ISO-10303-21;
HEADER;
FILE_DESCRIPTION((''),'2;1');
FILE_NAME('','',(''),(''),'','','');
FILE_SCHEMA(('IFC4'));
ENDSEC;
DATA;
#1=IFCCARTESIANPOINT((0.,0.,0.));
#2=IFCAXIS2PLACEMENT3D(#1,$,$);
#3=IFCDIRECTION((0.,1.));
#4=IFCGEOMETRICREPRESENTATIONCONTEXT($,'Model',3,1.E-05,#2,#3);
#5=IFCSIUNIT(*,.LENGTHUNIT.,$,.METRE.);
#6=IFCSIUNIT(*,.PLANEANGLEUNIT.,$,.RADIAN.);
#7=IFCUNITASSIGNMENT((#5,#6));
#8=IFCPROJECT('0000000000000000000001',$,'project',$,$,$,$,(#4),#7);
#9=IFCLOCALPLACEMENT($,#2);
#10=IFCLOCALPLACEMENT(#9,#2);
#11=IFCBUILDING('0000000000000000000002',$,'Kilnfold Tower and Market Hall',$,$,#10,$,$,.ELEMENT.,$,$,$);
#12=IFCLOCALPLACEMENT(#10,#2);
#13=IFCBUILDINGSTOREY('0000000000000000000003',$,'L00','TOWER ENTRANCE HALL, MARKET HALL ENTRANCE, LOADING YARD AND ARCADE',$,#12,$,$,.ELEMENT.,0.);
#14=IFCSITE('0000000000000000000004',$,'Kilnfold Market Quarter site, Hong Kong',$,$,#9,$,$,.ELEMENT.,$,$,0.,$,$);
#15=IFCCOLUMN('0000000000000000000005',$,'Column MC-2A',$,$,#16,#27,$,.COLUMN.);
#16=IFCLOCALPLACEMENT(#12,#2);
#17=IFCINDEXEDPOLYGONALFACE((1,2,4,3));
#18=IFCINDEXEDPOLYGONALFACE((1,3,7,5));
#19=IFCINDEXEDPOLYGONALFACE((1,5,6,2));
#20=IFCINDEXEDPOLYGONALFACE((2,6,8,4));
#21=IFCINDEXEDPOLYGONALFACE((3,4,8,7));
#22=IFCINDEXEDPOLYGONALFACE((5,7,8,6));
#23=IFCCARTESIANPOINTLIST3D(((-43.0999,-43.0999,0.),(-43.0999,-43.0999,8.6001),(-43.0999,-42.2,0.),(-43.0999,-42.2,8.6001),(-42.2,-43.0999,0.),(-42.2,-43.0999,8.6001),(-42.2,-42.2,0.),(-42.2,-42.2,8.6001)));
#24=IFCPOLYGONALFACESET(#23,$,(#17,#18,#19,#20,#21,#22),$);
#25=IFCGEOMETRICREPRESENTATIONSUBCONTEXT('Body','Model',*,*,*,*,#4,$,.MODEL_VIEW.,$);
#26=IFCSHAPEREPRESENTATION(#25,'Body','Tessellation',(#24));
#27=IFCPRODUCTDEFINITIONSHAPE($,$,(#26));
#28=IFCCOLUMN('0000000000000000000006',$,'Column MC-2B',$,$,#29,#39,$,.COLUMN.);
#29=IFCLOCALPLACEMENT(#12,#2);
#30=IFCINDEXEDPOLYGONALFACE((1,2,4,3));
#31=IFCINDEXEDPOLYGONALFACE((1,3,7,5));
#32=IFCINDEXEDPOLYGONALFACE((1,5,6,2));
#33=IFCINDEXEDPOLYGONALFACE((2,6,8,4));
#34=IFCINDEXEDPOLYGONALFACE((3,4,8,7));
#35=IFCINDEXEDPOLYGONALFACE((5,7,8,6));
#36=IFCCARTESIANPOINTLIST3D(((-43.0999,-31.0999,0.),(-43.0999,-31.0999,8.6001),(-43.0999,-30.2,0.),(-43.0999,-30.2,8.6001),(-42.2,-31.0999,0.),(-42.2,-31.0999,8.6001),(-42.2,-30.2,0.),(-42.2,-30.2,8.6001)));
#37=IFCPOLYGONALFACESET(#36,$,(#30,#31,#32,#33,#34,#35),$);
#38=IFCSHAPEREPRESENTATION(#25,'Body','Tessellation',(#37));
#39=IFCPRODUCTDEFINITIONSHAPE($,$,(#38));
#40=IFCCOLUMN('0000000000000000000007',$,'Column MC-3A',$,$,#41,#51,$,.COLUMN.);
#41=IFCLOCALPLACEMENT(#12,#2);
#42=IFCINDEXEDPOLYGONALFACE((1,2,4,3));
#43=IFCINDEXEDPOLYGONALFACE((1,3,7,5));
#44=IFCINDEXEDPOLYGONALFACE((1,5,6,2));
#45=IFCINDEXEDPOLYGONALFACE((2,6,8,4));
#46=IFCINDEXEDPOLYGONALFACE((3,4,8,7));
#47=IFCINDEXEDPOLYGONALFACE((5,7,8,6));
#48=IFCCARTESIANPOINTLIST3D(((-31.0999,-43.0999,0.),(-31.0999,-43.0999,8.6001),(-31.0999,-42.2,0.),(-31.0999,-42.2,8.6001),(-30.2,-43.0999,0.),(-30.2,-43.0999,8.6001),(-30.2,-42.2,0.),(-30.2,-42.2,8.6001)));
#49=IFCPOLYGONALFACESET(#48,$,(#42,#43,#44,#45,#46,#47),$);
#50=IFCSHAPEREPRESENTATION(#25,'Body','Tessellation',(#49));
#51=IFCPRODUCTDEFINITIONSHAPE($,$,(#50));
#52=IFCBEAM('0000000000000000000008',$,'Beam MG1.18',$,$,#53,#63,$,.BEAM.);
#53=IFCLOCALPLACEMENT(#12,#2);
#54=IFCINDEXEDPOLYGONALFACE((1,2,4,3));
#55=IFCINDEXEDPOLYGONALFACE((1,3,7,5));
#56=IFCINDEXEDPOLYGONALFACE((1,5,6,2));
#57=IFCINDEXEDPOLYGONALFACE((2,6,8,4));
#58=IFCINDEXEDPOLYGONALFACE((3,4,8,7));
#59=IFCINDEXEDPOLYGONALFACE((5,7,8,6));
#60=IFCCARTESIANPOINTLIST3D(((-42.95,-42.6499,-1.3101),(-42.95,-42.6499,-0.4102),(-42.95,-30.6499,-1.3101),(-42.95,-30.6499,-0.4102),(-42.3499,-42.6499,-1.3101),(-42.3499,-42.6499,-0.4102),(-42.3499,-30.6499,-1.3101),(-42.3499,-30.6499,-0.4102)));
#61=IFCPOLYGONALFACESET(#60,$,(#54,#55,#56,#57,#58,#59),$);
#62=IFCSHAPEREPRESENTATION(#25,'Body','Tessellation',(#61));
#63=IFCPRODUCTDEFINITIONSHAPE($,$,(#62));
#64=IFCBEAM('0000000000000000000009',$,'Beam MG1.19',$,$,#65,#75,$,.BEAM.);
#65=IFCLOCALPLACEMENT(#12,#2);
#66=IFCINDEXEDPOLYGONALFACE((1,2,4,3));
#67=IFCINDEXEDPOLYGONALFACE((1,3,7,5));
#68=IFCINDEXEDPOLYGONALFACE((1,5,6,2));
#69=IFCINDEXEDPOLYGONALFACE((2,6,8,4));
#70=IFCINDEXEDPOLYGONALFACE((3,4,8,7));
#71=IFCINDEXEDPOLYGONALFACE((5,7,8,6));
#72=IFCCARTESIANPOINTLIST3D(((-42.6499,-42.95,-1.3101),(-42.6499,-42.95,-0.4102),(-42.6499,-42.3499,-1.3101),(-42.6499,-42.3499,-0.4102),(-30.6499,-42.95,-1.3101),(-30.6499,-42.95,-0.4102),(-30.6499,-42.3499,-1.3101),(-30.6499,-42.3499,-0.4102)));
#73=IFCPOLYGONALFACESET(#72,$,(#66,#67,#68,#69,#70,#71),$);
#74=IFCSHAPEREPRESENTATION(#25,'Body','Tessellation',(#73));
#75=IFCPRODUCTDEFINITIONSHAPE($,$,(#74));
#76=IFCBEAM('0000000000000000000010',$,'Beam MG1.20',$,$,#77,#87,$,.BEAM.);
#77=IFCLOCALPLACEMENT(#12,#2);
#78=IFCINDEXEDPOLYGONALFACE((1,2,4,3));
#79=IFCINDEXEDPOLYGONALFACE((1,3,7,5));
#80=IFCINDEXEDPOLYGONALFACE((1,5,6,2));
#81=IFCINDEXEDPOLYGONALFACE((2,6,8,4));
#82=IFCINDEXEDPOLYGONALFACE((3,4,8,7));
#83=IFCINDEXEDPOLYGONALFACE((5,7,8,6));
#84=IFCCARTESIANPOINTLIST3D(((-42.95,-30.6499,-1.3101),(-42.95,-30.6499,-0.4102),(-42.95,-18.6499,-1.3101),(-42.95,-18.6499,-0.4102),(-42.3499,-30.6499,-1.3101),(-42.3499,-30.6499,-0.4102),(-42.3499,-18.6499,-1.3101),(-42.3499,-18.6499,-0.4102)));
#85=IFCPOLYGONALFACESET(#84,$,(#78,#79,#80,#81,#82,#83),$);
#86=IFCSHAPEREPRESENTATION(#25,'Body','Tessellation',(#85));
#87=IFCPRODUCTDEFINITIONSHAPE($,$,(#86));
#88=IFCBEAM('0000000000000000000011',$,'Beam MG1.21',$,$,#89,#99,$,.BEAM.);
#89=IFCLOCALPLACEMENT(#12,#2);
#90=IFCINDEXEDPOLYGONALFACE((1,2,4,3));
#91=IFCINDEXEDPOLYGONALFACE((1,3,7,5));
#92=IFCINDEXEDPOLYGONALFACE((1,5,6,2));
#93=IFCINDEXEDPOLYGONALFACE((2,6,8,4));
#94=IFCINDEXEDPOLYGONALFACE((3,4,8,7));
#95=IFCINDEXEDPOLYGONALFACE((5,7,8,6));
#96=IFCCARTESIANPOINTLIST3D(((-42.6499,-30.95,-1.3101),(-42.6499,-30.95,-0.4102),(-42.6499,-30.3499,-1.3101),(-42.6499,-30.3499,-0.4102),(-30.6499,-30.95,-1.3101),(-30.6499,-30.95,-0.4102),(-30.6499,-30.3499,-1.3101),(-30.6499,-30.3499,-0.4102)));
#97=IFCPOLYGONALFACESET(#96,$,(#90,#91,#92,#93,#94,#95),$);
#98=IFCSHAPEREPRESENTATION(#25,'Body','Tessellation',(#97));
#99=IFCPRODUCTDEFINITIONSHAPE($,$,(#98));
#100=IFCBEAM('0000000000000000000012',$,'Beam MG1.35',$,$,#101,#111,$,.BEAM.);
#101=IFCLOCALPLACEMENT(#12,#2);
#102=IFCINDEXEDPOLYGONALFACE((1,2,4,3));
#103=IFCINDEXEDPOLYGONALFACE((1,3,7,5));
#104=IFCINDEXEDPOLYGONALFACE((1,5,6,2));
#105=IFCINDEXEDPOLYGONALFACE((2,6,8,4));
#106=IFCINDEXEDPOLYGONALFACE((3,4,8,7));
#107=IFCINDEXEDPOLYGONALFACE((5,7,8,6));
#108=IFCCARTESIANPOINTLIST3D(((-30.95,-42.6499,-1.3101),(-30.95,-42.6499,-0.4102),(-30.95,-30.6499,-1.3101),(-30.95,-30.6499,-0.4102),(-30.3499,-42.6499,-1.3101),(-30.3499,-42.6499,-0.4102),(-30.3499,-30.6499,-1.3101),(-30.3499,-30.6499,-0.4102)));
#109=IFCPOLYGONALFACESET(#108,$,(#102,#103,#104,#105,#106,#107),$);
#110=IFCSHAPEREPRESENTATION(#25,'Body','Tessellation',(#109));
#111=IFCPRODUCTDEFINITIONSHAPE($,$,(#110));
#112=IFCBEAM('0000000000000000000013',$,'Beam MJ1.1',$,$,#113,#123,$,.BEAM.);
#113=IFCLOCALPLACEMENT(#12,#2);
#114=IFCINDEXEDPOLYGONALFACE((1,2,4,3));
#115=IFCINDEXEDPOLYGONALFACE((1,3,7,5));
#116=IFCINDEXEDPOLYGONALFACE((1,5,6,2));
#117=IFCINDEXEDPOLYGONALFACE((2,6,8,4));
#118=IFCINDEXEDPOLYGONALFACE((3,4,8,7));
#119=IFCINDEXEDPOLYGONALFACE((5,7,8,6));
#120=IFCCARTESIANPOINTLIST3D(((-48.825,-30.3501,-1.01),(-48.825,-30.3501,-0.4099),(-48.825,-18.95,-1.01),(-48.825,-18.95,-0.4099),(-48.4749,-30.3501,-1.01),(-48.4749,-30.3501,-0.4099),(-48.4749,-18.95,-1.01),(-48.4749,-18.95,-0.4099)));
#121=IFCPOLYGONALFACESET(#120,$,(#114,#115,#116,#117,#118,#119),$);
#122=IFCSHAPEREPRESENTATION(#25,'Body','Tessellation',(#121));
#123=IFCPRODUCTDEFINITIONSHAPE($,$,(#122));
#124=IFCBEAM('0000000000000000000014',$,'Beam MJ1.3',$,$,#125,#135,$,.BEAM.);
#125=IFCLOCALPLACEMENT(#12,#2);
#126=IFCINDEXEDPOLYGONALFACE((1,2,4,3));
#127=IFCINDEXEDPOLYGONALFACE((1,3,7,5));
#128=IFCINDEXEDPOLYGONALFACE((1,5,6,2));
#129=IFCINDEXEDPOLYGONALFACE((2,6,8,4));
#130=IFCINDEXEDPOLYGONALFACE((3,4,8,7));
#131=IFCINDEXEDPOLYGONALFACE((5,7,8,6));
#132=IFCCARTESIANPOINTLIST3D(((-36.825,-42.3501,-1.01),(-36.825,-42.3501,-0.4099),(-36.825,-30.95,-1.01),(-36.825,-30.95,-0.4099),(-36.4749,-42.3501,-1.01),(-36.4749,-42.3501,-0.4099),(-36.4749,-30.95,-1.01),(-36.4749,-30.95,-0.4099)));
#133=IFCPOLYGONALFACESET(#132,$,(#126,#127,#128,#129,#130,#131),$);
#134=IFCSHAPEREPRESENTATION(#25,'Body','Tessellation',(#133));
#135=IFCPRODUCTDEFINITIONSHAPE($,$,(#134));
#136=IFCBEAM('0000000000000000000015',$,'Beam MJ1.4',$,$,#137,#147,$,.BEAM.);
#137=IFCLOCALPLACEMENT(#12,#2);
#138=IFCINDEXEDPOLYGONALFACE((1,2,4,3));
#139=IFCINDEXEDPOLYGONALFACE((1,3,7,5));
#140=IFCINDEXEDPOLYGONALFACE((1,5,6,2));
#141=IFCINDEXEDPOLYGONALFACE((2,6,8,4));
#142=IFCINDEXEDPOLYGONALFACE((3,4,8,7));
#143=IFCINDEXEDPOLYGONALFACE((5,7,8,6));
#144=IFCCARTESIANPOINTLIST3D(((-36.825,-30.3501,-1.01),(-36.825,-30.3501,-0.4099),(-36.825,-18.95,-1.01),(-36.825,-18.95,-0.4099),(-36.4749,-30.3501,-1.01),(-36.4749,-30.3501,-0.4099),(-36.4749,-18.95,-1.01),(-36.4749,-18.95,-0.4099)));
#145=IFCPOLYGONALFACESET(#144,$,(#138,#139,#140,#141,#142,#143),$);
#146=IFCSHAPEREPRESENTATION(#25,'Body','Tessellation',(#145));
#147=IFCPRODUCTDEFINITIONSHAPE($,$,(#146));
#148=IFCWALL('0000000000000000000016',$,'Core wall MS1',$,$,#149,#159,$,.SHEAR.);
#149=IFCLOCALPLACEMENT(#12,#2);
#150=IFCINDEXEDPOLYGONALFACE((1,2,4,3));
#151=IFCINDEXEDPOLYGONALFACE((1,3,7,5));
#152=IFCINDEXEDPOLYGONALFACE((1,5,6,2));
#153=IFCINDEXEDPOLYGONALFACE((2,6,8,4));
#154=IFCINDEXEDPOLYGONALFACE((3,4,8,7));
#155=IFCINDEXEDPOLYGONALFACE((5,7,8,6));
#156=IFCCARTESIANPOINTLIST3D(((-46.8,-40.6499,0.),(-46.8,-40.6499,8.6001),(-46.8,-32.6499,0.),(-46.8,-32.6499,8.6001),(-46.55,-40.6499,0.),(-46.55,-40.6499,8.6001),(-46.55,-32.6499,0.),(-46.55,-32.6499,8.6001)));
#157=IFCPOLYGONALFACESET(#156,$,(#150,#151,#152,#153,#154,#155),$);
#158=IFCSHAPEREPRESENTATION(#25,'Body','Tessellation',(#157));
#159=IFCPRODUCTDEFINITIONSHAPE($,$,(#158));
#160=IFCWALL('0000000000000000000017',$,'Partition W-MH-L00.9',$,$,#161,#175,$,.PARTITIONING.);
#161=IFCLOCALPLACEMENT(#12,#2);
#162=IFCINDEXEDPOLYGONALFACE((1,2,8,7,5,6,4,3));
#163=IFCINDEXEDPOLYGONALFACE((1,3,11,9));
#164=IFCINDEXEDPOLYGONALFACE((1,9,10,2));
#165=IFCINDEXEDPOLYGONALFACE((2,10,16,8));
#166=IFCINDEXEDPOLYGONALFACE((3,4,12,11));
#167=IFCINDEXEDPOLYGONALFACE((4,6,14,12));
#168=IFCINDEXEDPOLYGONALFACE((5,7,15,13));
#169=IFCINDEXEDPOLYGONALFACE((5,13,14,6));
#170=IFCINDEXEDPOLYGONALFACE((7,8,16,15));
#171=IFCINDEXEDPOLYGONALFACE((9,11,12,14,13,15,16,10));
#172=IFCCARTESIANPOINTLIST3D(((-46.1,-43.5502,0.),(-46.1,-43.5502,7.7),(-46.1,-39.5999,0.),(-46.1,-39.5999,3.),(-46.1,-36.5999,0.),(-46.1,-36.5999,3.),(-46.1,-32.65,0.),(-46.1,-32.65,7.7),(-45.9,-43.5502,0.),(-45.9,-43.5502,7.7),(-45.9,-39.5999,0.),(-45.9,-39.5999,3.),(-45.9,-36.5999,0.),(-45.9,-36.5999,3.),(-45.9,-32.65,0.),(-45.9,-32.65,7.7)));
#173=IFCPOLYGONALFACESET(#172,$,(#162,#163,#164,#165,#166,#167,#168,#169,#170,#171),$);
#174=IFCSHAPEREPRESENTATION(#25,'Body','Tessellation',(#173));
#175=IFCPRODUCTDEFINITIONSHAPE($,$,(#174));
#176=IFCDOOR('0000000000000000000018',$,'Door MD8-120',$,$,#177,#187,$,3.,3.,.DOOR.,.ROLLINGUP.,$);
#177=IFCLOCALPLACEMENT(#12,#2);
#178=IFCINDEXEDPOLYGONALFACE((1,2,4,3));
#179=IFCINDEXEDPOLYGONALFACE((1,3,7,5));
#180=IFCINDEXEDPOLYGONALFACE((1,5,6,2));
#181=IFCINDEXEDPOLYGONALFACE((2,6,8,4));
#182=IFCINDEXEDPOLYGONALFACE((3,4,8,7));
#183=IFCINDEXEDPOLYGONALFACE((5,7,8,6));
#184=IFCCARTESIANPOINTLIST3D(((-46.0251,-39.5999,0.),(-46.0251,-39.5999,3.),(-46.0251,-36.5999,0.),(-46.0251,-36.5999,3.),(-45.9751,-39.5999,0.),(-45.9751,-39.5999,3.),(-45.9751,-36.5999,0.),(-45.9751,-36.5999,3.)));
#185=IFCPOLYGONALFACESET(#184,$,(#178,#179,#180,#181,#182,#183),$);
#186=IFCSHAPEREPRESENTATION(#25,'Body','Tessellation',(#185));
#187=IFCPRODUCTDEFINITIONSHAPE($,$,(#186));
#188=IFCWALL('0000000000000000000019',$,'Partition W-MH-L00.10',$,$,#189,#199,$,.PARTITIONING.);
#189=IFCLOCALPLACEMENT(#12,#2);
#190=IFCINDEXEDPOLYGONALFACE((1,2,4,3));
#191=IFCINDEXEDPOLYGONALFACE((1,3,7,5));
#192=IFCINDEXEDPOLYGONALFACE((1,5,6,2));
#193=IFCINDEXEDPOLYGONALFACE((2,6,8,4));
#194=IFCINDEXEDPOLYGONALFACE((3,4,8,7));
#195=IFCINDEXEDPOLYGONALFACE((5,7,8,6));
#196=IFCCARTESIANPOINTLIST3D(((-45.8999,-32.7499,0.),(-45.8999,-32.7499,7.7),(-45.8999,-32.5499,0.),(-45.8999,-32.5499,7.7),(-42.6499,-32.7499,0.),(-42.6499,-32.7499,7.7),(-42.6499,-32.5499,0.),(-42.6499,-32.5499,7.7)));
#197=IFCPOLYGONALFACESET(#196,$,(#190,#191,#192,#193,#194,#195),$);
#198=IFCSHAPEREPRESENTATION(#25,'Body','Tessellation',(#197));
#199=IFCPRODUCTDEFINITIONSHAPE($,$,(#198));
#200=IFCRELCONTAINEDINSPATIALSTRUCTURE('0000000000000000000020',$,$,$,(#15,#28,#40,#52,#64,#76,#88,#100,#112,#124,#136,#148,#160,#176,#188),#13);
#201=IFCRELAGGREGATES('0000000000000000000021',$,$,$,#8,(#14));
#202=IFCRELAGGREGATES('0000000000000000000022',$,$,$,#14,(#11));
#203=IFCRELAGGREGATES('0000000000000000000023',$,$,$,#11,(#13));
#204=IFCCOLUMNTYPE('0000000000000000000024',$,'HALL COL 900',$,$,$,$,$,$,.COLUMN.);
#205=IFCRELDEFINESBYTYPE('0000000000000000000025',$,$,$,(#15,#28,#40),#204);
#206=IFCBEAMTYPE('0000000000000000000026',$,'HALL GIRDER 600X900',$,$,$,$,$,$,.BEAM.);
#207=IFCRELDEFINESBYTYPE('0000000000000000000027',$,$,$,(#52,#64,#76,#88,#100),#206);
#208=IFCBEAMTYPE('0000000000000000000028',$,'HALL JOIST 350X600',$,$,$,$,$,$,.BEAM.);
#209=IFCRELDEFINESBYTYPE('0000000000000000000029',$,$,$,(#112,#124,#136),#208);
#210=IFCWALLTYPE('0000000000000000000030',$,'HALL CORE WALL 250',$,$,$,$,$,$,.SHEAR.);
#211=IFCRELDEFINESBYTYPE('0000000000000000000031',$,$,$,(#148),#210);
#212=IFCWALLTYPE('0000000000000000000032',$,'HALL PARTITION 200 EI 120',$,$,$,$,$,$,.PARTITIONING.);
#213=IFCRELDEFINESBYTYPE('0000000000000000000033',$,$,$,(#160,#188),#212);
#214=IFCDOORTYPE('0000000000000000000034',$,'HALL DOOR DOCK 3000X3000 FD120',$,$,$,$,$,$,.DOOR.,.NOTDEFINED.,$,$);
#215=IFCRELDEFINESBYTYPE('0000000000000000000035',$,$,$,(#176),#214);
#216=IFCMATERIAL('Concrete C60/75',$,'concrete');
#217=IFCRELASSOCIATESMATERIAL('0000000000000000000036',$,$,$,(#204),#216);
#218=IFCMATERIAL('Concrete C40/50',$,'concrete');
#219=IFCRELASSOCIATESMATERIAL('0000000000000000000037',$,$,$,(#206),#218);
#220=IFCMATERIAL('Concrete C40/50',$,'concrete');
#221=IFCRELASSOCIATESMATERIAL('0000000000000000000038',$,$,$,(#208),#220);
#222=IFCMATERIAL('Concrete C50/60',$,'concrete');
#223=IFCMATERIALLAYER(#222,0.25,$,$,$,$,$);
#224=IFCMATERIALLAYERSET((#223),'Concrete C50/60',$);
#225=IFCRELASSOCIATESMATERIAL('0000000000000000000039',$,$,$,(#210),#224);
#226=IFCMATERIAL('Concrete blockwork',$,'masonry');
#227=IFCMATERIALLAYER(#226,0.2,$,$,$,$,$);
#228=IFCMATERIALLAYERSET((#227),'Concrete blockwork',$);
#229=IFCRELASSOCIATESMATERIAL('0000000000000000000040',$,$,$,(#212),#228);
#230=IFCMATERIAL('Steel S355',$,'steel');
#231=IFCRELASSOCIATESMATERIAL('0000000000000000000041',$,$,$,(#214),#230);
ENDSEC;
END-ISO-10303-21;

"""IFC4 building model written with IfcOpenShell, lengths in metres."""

from ifc_helpers import new_model, si_unit, direction, frame, frame_2d, origin, origin_2d, place, context, subcontext, project, spatial, rectangle, extrude, source, transform, mapped, material, layer, layer_set, material_profile, profile_set, type_object, element, fill, save


model = new_model("IFC4")

# Units and contexts
model_context = context("Model", 3, precision=1e-05, world=origin(), true_north=direction((0.0, 1.0)))
body_context = subcontext(model_context, "Body", "Model", "MODEL_VIEW")
ifc_project = project(units=[si_unit("LENGTHUNIT", "METRE"), si_unit("PLANEANGLEUNIT", "RADIAN")], contexts=[model_context])

# Site, building, storey
site_placement = place(None, origin())
site = spatial("IfcSite", under=ifc_project, at=site_placement, Name="Kilnfold Market Quarter site, Hong Kong", CompositionType="ELEMENT", RefElevation=0.0)
building_placement = place(site_placement, origin())
building = spatial("IfcBuilding", under=site, at=building_placement, Name="Kilnfold Tower and Market Hall", CompositionType="ELEMENT")
storey_placement = place(building_placement, origin())
storey = spatial("IfcBuildingStorey", under=building, at=storey_placement, Name="L00", Description="TOWER ENTRANCE HALL, MARKET HALL ENTRANCE, LOADING YARD AND ARCADE", CompositionType="ELEMENT", Elevation=0.0)

# Columns
ifc_material_1 = material(Name="Concrete C60/75", Category="concrete")
ifc_material_profile_1 = material_profile(ifc_material_1, rectangle(XDim=0.8999, YDim=0.8999, at=origin_2d()), Name="RC 900x900")
ifc_profile_set_1 = profile_set([ifc_material_profile_1], Name="Concrete C60/75")
column_type = type_object("IfcColumnType", Name="HALL COL 900", PredefinedType="COLUMN", material=ifc_profile_set_1)
shared_shape_1 = source(origin(), body_context, "Body", "SweptSolid", [
    extrude(rectangle(XDim=0.8999, YDim=0.8999, at=origin_2d()), origin(), (0.0, 0.0, 1.0), 8.6001),
])
for number, where, z_axis, x_axis, name in (
    (1, (-42.6499, -42.6499, 0.0), (0.0, 0.0, 1.0), (1.0, 0.0, 0.0), "Column MC-2A"),
    (2, (-42.6499, -30.6499, 0.0), (0.0, 0.0, 1.0), (1.0, 0.0, 0.0), "Column MC-2B"),
    (3, (-30.6499, -42.6499, 0.0), (0.0, 0.0, 1.0), (1.0, 0.0, 0.0), "Column MC-3A"),
):
    element("IfcColumn", number, at=place(storey_placement, frame(where, z_axis=z_axis, x_axis=x_axis)), inside=storey, type_object=column_type, Name=name, PredefinedType="COLUMN", context=body_context, shape_type="MappedRepresentation", body=[
        mapped(shared_shape_1, transform((0.0, 0.0, 0.0))),
    ])

# Beams
ifc_material_2 = material(Name="Concrete C40/50", Category="concrete")
ifc_material_profile_2 = material_profile(ifc_material_2, rectangle(XDim=0.6001, YDim=0.8999, at=origin_2d()), Name="RC 600x900")
ifc_profile_set_2 = profile_set([ifc_material_profile_2], Name="Concrete C40/50")
beam_type_1 = type_object("IfcBeamType", Name="HALL GIRDER 600X900", PredefinedType="BEAM", material=ifc_profile_set_2)
for number, where, z_axis, x_axis, name in (
    (4, (-42.6499, -42.6499, -0.8601), (0.0, 1.0, 0.0), (-1.0, 0.0, 0.0), "Beam MG1.18"),
    (5, (-42.6499, -42.6499, -0.8601), (1.0, 0.0, 0.0), (0.0, 1.0, 0.0), "Beam MG1.19"),
    (6, (-42.6499, -30.6499, -0.8601), (0.0, 1.0, 0.0), (-1.0, 0.0, 0.0), "Beam MG1.20"),
    (7, (-42.6499, -30.6499, -0.8601), (1.0, 0.0, 0.0), (0.0, 1.0, 0.0), "Beam MG1.21"),
    (8, (-30.6499, -42.6499, -0.8601), (0.0, 1.0, 0.0), (-1.0, 0.0, 0.0), "Beam MG1.35"),
):
    element("IfcBeam", number, at=place(storey_placement, frame(where, z_axis=z_axis, x_axis=x_axis)), inside=storey, type_object=beam_type_1, Name=name, PredefinedType="BEAM", context=body_context, shape_type="SweptSolid", body=[
        extrude(rectangle(XDim=0.6001, YDim=0.8999, at=origin_2d()), origin(), (0.0, 0.0, 1.0), 12.0),
    ])
ifc_material_3 = material(Name="Concrete C40/50", Category="concrete")
ifc_material_profile_3 = material_profile(ifc_material_3, rectangle(XDim=0.3501, YDim=0.6001, at=origin_2d()), Name="RC 350x600")
ifc_profile_set_3 = profile_set([ifc_material_profile_3], Name="Concrete C40/50")
beam_type_2 = type_object("IfcBeamType", Name="HALL JOIST 350X600", PredefinedType="BEAM", material=ifc_profile_set_3)
for number, where, z_axis, x_axis, name in (
    (9, (-48.6499, -30.3501, -0.71), (0.0, 1.0, 0.0), (-1.0, 0.0, 0.0), "Beam MJ1.1"),
    (10, (-36.6499, -42.3501, -0.71), (0.0, 1.0, 0.0), (-1.0, 0.0, 0.0), "Beam MJ1.3"),
    (11, (-36.6499, -30.3501, -0.71), (0.0, 1.0, 0.0), (-1.0, 0.0, 0.0), "Beam MJ1.4"),
):
    element("IfcBeam", number, at=place(storey_placement, frame(where, z_axis=z_axis, x_axis=x_axis)), inside=storey, type_object=beam_type_2, Name=name, PredefinedType="BEAM", context=body_context, shape_type="SweptSolid", body=[
        extrude(rectangle(XDim=0.3501, YDim=0.6001, at=origin_2d()), origin(), (0.0, 0.0, 1.0), 11.4001),
    ])

# Wall
ifc_material_4 = material(Name="Concrete C50/60", Category="concrete")
ifc_layer_1 = layer(ifc_material_4, 0.25)
ifc_layer_set_1 = layer_set([ifc_layer_1], Name="Concrete C50/60")
wall_type_1 = type_object("IfcWallType", Name="HALL CORE WALL 250", PredefinedType="SHEAR", material=ifc_layer_set_1)
shared_shape_2 = source(origin(), body_context, "Body", "SweptSolid", [
    extrude(rectangle(XDim=8.0, YDim=0.25, at=frame_2d((4.0, 0.0))), origin(), (0.0, 0.0, 1.0), 8.6001),
])
wall_1_placement = place(storey_placement, frame((-46.675, -40.6499, 0.0), z_axis=(0.0, 0.0, 1.0), x_axis=(0.0, 1.0, 0.0)))
element("IfcWall", 12, at=wall_1_placement, inside=storey, type_object=wall_type_1, Name="Core wall MS1", PredefinedType="SHEAR", context=body_context, shape_type="MappedRepresentation", body=[
    mapped(shared_shape_2, transform((0.0, 0.0, 0.0))),
])

# Wall, opening, door
ifc_material_5 = material(Name="Concrete blockwork", Category="masonry")
ifc_layer_2 = layer(ifc_material_5, 0.2)
ifc_layer_set_2 = layer_set([ifc_layer_2], Name="Concrete blockwork")
wall_type_2 = type_object("IfcWallType", Name="HALL PARTITION 200 EI 120", PredefinedType="PARTITIONING", material=ifc_layer_set_2)
shared_shape_3 = source(origin(), body_context, "Body", "SweptSolid", [
    extrude(rectangle(XDim=10.9001, YDim=0.2, at=frame_2d((5.4502, 0.0))), origin(), (0.0, 0.0, 1.0), 7.7),
])
wall_2_placement = place(storey_placement, frame((-46.0, -32.6499, 0.0), z_axis=(0.0, 0.0, 1.0), x_axis=(0.0, -1.0, 0.0)))
wall_2 = element("IfcWall", 13, at=wall_2_placement, inside=storey, type_object=wall_type_2, Name="Partition W-MH-L00.9", PredefinedType="PARTITIONING", context=body_context, shape_type="MappedRepresentation", body=[
    mapped(shared_shape_3, transform((0.0, 0.0, 0.0))),
])
opening_placement = place(wall_2_placement, frame((3.95, 0.0, 0.0)))
opening = element("IfcOpeningElement", 14, at=opening_placement, cuts=wall_2, PredefinedType="OPENING", context=body_context, shape_type="SweptSolid", body=[
    extrude(rectangle(XDim=3.0, YDim=3.0, at=frame_2d((1.5, 1.5))), frame((0.0, 0.1099, 0.0), z_axis=(0.0, -1.0, 0.0), x_axis=(1.0, 0.0, 0.0)), (0.0, 0.0, 1.0), 0.22),
])
ifc_material_6 = material(Name="Steel S355", Category="steel")
door_type = type_object("IfcDoorType", Name="HALL DOOR DOCK 3000X3000 FD120", OperationType="NOTDEFINED", PredefinedType="DOOR", material=ifc_material_6)
door_placement = place(opening_placement, origin())
door = element("IfcDoor", 15, at=door_placement, inside=storey, type_object=door_type, Name="Door MD8-120", OperationType="ROLLINGUP", OverallHeight=3.0, OverallWidth=3.0, PredefinedType="DOOR", context=body_context, shape_type="SweptSolid", body=[
    extrude(rectangle(XDim=3.0, YDim=3.0, at=frame_2d((1.5, 1.5))), frame((0.0, 0.0249, 0.0), z_axis=(0.0, -1.0, 0.0), x_axis=(1.0, 0.0, 0.0)), (0.0, 0.0, 1.0), 0.05),
])
fill(opening, door)

# Wall
shared_shape_4 = source(origin(), body_context, "Body", "SweptSolid", [
    extrude(rectangle(XDim=3.25, YDim=0.2, at=frame_2d((1.625, 0.0))), origin(), (0.0, 0.0, 1.0), 7.7),
])
wall_3_placement = place(storey_placement, frame((-42.6499, -32.6499, 0.0), z_axis=(0.0, 0.0, 1.0), x_axis=(-1.0, 0.0, 0.0)))
element("IfcWall", 16, at=wall_3_placement, inside=storey, type_object=wall_type_2, Name="Partition W-MH-L00.10", PredefinedType="PARTITIONING", context=body_context, shape_type="MappedRepresentation", body=[
    mapped(shared_shape_4, transform((0.0, 0.0, 0.0))),
])

save(model, "model.ifc")
